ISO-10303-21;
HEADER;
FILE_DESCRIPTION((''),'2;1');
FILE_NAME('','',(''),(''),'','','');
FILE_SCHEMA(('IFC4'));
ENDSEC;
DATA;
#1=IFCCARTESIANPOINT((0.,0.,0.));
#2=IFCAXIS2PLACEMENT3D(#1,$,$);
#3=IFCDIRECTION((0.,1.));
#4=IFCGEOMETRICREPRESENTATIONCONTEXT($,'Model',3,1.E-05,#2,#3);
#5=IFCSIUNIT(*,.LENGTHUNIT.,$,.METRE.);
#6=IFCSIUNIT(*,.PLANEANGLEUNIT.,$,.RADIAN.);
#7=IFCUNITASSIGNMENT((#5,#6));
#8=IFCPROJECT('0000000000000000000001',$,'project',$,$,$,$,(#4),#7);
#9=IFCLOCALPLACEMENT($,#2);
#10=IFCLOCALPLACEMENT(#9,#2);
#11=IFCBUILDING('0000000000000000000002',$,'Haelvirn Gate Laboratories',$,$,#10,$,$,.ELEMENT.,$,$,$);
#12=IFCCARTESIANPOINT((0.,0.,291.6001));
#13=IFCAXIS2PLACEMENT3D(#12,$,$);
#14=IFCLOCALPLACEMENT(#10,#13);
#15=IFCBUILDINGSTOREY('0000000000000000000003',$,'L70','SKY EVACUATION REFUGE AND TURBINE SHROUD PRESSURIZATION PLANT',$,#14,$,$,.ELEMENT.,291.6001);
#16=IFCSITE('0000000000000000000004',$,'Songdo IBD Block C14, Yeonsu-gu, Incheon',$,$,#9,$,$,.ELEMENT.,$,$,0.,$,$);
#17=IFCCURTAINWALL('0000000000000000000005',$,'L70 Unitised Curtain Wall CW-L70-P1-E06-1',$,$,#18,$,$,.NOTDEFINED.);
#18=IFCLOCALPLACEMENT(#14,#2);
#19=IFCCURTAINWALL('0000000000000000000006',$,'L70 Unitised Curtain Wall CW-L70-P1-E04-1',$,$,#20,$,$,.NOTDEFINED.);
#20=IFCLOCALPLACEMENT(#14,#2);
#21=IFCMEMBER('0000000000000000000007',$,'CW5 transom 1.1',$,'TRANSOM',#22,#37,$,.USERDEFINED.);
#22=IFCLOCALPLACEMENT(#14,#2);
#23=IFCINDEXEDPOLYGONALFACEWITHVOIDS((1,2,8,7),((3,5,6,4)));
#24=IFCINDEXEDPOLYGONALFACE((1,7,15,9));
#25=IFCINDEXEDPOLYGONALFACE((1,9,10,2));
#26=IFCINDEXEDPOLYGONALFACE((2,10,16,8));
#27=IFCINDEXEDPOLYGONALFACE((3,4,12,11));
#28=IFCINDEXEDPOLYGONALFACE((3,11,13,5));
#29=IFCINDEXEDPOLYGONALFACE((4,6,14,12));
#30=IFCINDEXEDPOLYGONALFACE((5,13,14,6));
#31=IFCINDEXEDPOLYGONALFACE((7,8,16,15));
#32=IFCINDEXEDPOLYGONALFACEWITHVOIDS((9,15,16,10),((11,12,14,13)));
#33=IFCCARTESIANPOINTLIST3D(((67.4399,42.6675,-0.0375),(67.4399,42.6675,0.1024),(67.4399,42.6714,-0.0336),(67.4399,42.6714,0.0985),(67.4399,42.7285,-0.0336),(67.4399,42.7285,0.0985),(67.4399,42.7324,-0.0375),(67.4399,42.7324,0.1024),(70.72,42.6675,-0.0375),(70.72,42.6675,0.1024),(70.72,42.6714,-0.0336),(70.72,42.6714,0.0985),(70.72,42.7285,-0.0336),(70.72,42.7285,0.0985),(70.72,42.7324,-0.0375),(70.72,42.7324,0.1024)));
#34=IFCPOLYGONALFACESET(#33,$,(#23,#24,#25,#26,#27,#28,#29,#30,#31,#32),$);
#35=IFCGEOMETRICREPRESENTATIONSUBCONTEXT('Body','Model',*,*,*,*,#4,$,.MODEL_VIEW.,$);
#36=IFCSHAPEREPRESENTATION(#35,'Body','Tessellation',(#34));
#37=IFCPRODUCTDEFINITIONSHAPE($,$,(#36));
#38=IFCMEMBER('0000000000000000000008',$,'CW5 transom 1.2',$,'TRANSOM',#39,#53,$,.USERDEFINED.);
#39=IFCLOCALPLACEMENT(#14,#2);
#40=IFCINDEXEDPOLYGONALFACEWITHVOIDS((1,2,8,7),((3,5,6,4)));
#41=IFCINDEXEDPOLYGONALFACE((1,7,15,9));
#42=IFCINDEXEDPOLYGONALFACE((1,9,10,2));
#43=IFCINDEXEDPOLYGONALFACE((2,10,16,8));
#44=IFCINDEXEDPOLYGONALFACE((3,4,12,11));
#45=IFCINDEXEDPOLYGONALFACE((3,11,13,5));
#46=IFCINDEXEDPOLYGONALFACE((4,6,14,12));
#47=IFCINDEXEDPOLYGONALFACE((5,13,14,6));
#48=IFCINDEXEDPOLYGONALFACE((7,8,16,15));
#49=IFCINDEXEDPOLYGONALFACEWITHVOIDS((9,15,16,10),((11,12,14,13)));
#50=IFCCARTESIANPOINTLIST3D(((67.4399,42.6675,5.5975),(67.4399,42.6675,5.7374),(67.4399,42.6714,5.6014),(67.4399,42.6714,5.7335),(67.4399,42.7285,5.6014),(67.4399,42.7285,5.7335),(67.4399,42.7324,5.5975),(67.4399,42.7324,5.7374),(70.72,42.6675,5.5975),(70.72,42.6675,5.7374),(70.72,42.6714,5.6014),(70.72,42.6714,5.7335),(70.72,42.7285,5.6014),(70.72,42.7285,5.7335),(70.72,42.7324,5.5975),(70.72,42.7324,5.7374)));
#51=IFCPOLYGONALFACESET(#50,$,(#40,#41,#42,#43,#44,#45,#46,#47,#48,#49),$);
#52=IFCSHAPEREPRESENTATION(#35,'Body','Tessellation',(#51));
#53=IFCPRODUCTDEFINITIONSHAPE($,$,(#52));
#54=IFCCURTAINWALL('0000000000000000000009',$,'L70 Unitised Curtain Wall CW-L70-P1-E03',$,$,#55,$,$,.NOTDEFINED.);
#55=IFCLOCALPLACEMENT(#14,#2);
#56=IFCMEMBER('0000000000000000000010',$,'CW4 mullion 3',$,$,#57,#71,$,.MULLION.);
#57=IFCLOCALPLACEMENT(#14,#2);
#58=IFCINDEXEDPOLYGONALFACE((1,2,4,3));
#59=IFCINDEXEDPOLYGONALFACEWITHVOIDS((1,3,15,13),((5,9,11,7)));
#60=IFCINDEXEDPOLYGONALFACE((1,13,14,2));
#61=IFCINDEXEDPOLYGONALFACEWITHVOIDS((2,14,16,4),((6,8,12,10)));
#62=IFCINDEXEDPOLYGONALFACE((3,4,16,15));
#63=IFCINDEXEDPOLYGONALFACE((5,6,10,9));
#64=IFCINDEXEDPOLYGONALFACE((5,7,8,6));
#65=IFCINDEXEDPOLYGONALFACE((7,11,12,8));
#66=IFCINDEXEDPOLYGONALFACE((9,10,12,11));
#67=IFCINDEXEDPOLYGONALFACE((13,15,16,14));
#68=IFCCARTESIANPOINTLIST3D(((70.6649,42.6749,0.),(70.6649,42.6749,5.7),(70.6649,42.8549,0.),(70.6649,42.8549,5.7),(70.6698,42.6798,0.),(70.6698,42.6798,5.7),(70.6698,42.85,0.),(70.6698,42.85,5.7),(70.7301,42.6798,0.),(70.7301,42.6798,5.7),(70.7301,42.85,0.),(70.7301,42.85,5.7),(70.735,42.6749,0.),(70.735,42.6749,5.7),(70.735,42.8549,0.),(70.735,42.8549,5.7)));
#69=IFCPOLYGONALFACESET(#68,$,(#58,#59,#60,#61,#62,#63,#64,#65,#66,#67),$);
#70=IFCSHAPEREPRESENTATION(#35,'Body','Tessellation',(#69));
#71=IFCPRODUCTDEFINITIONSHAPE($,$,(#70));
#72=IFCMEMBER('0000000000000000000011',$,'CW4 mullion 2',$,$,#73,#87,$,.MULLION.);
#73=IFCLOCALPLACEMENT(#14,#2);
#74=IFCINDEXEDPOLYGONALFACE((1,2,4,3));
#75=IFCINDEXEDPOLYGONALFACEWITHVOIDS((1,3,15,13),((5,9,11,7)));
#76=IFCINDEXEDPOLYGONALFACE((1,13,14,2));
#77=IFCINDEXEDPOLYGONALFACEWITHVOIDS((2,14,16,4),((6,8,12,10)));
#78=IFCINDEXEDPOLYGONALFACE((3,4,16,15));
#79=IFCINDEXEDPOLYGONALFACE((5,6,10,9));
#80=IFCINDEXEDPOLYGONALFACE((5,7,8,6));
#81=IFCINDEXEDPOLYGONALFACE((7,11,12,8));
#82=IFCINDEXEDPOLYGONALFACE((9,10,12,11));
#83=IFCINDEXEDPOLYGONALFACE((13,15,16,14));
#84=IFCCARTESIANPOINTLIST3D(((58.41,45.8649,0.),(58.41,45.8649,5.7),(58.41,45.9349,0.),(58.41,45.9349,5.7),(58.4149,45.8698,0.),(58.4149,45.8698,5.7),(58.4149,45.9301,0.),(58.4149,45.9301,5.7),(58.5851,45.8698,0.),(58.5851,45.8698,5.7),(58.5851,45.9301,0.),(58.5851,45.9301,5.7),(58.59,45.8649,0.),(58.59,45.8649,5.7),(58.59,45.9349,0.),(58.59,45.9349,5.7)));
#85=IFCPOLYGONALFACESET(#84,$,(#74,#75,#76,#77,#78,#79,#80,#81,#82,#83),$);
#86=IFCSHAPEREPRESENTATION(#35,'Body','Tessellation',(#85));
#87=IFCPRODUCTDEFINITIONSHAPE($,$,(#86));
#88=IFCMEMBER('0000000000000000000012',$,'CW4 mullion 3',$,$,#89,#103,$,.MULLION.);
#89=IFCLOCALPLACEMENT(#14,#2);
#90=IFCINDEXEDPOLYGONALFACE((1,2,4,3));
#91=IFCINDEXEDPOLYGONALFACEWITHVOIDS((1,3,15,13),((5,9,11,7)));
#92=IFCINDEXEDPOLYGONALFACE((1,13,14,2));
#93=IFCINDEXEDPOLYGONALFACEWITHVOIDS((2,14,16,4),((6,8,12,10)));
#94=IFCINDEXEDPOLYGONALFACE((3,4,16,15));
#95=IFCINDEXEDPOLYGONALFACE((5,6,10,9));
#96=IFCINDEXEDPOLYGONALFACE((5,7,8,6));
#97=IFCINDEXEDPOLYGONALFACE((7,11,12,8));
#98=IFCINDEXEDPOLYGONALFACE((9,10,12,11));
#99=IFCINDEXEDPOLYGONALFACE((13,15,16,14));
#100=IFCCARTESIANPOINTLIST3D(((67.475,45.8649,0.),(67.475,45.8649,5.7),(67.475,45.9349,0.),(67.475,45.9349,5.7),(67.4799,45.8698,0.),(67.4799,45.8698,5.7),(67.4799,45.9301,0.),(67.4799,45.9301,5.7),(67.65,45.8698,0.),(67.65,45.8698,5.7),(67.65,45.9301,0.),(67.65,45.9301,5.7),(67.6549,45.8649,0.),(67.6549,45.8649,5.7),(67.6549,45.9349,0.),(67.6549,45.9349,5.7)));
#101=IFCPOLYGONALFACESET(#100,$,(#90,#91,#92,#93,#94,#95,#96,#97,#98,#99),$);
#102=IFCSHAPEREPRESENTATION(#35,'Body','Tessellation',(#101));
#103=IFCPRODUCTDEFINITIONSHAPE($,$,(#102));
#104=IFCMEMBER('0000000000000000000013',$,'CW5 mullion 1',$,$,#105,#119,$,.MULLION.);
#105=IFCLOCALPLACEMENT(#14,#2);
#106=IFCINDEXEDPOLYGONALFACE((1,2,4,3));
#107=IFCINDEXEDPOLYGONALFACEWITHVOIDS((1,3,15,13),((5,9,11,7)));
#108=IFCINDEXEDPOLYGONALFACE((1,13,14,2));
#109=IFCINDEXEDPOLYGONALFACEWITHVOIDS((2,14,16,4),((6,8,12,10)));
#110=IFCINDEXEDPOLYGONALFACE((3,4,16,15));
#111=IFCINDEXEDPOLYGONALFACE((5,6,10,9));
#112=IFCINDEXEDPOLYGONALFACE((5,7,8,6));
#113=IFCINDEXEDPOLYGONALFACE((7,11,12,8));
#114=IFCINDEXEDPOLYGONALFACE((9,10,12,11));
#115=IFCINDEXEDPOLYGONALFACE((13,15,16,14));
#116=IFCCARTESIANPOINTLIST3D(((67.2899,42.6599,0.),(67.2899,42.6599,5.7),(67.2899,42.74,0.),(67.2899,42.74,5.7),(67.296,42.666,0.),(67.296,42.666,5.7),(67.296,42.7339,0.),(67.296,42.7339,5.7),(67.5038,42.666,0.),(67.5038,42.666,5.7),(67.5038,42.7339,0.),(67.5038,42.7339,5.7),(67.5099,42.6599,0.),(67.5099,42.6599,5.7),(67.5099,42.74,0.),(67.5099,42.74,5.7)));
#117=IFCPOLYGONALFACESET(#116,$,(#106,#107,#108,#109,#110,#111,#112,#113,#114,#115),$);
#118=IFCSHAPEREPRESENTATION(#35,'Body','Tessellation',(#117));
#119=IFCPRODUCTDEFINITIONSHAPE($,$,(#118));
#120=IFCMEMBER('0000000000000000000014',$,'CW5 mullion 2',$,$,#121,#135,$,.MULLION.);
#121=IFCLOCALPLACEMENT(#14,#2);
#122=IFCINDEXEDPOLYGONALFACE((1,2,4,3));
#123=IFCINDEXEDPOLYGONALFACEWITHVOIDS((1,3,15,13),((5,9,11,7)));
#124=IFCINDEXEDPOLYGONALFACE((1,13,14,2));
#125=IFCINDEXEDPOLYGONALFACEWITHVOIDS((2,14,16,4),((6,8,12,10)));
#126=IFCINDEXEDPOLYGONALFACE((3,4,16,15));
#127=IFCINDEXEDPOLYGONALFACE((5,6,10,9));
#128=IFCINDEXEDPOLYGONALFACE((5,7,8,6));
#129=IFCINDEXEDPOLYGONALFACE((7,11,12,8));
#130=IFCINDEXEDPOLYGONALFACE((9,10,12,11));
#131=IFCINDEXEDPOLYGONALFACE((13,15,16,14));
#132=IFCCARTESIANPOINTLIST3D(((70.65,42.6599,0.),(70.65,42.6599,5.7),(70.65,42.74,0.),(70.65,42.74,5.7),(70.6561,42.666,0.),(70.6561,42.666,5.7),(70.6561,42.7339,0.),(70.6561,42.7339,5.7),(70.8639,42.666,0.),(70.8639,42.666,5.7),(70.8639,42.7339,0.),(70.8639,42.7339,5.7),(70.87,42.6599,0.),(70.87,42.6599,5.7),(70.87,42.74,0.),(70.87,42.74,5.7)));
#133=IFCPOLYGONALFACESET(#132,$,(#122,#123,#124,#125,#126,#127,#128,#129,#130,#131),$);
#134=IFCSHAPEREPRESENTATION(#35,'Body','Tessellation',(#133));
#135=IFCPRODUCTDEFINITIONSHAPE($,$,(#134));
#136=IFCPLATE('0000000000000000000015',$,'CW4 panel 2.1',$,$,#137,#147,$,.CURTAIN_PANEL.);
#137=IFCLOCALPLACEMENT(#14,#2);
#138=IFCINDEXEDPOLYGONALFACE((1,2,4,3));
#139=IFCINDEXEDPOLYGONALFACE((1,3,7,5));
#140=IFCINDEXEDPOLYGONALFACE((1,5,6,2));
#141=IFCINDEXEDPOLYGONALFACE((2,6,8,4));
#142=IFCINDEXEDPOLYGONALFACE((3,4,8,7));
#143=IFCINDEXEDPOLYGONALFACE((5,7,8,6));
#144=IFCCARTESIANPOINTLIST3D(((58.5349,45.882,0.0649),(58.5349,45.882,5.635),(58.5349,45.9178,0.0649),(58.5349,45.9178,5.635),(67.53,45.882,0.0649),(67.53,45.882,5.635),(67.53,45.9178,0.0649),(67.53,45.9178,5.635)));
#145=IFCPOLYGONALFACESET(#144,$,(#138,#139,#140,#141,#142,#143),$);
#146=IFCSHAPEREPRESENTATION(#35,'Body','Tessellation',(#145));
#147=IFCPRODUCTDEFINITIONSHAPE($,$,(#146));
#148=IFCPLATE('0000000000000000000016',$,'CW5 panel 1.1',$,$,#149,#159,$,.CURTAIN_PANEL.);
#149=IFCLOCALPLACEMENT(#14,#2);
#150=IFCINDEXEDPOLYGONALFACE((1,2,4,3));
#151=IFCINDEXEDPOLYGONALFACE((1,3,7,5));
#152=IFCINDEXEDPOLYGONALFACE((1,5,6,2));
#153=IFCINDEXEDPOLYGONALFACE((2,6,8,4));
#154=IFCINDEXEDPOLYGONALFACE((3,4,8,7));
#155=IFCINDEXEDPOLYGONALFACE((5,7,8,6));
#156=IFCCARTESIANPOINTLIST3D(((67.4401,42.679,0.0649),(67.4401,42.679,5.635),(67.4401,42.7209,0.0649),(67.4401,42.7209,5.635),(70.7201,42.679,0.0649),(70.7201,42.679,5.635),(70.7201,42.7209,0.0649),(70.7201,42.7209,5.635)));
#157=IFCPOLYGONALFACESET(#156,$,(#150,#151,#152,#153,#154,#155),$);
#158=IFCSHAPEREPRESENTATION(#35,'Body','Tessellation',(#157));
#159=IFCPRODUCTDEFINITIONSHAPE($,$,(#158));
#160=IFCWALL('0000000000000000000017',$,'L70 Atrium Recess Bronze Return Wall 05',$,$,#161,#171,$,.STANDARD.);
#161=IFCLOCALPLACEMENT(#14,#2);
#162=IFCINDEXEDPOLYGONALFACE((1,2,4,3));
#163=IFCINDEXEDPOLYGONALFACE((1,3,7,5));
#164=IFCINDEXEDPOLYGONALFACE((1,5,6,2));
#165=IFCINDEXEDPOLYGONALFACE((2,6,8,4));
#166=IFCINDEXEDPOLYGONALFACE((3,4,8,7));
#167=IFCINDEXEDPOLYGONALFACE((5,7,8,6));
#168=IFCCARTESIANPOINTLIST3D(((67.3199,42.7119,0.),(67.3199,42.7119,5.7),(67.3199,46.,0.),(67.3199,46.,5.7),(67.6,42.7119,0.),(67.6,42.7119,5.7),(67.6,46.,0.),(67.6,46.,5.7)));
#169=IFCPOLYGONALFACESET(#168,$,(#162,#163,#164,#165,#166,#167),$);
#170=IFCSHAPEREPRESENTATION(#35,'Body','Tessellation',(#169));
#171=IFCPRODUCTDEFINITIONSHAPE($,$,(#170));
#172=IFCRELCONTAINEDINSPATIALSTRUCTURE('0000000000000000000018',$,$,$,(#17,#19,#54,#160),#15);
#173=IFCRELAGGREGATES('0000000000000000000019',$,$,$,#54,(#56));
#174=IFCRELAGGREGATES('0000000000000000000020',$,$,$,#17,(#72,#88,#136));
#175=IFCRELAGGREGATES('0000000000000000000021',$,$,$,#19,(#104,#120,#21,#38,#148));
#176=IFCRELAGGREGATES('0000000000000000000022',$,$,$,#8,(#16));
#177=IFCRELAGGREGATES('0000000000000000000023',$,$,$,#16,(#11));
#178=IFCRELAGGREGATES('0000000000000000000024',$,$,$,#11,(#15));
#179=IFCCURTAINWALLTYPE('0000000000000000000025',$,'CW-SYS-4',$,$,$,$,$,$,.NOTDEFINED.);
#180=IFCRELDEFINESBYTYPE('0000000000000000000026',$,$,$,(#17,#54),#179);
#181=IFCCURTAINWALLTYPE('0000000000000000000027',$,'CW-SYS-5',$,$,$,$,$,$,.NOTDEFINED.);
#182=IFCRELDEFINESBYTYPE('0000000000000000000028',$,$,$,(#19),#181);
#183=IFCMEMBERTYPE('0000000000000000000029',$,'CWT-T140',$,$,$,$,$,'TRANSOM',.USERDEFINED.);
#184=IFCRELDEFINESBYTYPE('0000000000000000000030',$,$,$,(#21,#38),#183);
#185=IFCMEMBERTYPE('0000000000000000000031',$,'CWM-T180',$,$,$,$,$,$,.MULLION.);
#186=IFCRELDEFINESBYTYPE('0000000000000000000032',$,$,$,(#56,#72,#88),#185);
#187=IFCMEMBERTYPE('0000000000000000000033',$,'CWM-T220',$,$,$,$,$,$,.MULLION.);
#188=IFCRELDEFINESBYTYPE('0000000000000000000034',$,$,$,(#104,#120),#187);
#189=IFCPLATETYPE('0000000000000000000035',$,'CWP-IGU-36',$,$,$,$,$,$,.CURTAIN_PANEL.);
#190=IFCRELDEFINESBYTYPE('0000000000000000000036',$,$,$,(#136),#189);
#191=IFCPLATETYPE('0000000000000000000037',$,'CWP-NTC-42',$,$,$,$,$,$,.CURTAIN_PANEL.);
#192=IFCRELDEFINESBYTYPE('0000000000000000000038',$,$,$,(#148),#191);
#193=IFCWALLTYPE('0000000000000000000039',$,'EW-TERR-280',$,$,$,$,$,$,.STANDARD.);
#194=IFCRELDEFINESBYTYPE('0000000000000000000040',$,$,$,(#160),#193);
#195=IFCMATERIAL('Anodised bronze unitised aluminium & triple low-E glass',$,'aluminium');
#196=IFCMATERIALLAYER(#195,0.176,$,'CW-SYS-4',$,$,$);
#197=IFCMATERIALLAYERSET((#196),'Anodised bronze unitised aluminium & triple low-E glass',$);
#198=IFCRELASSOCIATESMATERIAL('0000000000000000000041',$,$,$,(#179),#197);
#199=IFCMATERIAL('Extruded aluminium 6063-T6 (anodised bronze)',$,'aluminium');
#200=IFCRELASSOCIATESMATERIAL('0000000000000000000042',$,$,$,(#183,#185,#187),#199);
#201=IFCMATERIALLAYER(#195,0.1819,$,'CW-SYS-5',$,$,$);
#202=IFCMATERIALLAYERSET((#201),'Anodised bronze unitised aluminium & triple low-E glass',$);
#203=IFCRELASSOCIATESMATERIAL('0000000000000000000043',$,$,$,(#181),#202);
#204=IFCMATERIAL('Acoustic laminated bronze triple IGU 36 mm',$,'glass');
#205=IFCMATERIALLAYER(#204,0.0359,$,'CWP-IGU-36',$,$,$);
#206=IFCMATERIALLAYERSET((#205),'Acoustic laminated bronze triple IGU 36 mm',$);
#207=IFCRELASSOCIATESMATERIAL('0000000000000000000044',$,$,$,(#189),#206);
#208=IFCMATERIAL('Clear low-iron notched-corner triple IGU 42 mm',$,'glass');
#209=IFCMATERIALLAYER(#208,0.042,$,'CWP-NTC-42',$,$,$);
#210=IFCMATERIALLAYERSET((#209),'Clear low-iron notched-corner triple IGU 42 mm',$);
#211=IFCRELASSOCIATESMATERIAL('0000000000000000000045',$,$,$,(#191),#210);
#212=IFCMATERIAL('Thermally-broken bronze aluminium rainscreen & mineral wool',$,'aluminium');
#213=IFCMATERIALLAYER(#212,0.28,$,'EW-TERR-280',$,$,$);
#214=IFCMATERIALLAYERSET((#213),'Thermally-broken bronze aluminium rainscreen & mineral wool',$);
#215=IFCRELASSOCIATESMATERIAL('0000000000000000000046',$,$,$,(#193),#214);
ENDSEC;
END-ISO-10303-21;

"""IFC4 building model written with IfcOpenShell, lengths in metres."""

from ifc_helpers import new_model, si_unit, direction, frame, frame_2d, origin, origin_2d, place, context, subcontext, project, spatial, rectangle, hollow_rectangle, extrude, source, transform, mapped, material, layer, layer_set, material_profile, profile_set, type_object, type_shapes, element, aggregate, save


model = new_model("IFC4")

# Units and contexts
model_context = context("Model", 3, precision=1e-05, world=origin(), true_north=direction((0.0, 1.0)))
body_context = subcontext(model_context, "Body", "Model", "MODEL_VIEW")
ifc_project = project(units=[si_unit("LENGTHUNIT", "METRE"), si_unit("PLANEANGLEUNIT", "RADIAN")], contexts=[model_context])

# Site, building, storey
site_placement = place(None, origin())
site = spatial("IfcSite", under=ifc_project, at=site_placement, Name="Songdo IBD Block C14, Yeonsu-gu, Incheon", CompositionType="ELEMENT", RefElevation=0.0)
building_placement = place(site_placement, origin())
building = spatial("IfcBuilding", under=site, at=building_placement, Name="Haelvirn Gate Laboratories", CompositionType="ELEMENT")
storey_placement = place(building_placement, frame((0.0, 0.0, 291.6001)))
storey = spatial("IfcBuildingStorey", under=building, at=storey_placement, Name="L70", Description="SKY EVACUATION REFUGE AND TURBINE SHROUD PRESSURIZATION PLANT", CompositionType="ELEMENT", Elevation=291.6001)

# Curtain walls, members
ifc_material_1 = material(Name="Anodised bronze unitised aluminium & triple low-E glass", Category="aluminium")
ifc_layer_1 = layer(ifc_material_1, 0.176, Name="CW-SYS-4")
ifc_layer_set_1 = layer_set([ifc_layer_1], Name="Anodised bronze unitised aluminium & triple low-E glass")
curtain_wall_type_1 = type_object("IfcCurtainWallType", Name="CW-SYS-4", PredefinedType="NOTDEFINED", material=ifc_layer_set_1)
curtain_wall_1_placement = place(storey_placement, origin())
curtain_wall_1 = element("IfcCurtainWall", 1, at=curtain_wall_1_placement, inside=storey, type_object=curtain_wall_type_1, Name="L70 Unitised Curtain Wall CW-L70-P1-E06-1", PredefinedType="NOTDEFINED")
ifc_material_2 = material(Name="Extruded aluminium 6063-T6 (anodised bronze)", Category="aluminium")
ifc_material_profile_1 = material_profile(ifc_material_2, hollow_rectangle(XDim=0.0649, YDim=0.1399, WallThickness=0.0039, at=origin_2d()), Name="CWT-140x65x4")
ifc_profile_set_1 = profile_set([ifc_material_profile_1], Name="Extruded aluminium 6063-T6 (anodised bronze)")
member_type_1 = type_object("IfcMemberType", Name="CWT-T140", ElementType="TRANSOM", PredefinedType="USERDEFINED", material=ifc_profile_set_1)
ifc_layer_2 = layer(ifc_material_1, 0.1819, Name="CW-SYS-5")
ifc_layer_set_2 = layer_set([ifc_layer_2], Name="Anodised bronze unitised aluminium & triple low-E glass")
curtain_wall_type_2 = type_object("IfcCurtainWallType", Name="CW-SYS-5", PredefinedType="NOTDEFINED", material=ifc_layer_set_2)
curtain_wall_2_placement = place(storey_placement, origin())
curtain_wall_2 = element("IfcCurtainWall", 2, at=curtain_wall_2_placement, inside=storey, type_object=curtain_wall_type_2, Name="L70 Unitised Curtain Wall CW-L70-P1-E04-1", PredefinedType="NOTDEFINED")
shared_shape_1 = source(origin(), body_context, "Body", "SweptSolid", [
    extrude(hollow_rectangle(XDim=0.0649, YDim=0.1399, WallThickness=0.0039, at=origin_2d()), origin(), (0.0, 0.0, 1.0), 3.28),
])
member_1_placement = place(storey_placement, frame((67.4399, 42.7, 0.0325), z_axis=(1.0, 0.0, 0.0), x_axis=(0.0, 1.0, 0.0)))
member_1 = element("IfcMember", 3, at=member_1_placement, type_object=member_type_1, Name="CW5 transom 1.1", ObjectType="TRANSOM", PredefinedType="USERDEFINED", context=body_context, shape_type="MappedRepresentation", body=[
    mapped(shared_shape_1, transform((0.0, 0.0, 0.0), scale=1.0)),
])
member_2_placement = place(storey_placement, frame((67.4399, 42.7, 5.6675), z_axis=(1.0, 0.0, 0.0), x_axis=(0.0, 1.0, 0.0)))
member_2 = element("IfcMember", 4, at=member_2_placement, type_object=member_type_1, Name="CW5 transom 1.2", ObjectType="TRANSOM", PredefinedType="USERDEFINED", context=body_context, shape_type="MappedRepresentation", body=[
    mapped(shared_shape_1, transform((0.0, 0.0, 0.0), scale=1.0)),
])

# Curtain wall, member
curtain_wall_3_placement = place(storey_placement, origin())
curtain_wall_3 = element("IfcCurtainWall", 5, at=curtain_wall_3_placement, inside=storey, type_object=curtain_wall_type_1, Name="L70 Unitised Curtain Wall CW-L70-P1-E03", PredefinedType="NOTDEFINED")
ifc_material_profile_2 = material_profile(ifc_material_2, hollow_rectangle(XDim=0.0701, YDim=0.1799, WallThickness=0.0049, at=origin_2d()), Name="CWM-180x70x5")
ifc_profile_set_2 = profile_set([ifc_material_profile_2], Name="Extruded aluminium 6063-T6 (anodised bronze)")
member_type_2 = type_object("IfcMemberType", Name="CWM-T180", PredefinedType="MULLION", material=ifc_profile_set_2)
shared_shape_2 = source(origin(), body_context, "Body", "SweptSolid", [
    extrude(hollow_rectangle(XDim=0.0701, YDim=0.1799, WallThickness=0.0049, at=origin_2d()), origin(), (0.0, 0.0, 1.0), 5.7),
])
type_shapes(member_type_2, [shared_shape_2])
member_3_placement = place(storey_placement, frame((70.7, 42.7649, 0.0), z_axis=(0.0, 0.0, 1.0), x_axis=(-1.0, 0.0, 0.0)))
member_3 = element("IfcMember", 6, at=member_3_placement, type_object=member_type_2, Name="CW4 mullion 3", PredefinedType="MULLION", context=body_context, shape_type="MappedRepresentation", body=[
    mapped(shared_shape_2, transform((0.0, 0.0, 0.0), scale=1.0)),
])
aggregate(curtain_wall_3, [member_3])

# Members
member_4_placement = place(storey_placement, frame((58.5, 45.8999, 0.0), z_axis=(0.0, 0.0, 1.0), x_axis=(0.0, 1.0, 0.0)))
member_4 = element("IfcMember", 7, at=member_4_placement, type_object=member_type_2, Name="CW4 mullion 2", PredefinedType="MULLION", context=body_context, shape_type="MappedRepresentation", body=[
    mapped(shared_shape_2, transform((0.0, 0.0, 0.0), scale=1.0)),
])
member_5_placement = place(storey_placement, frame((67.5649, 45.8999, 0.0), z_axis=(0.0, 0.0, 1.0), x_axis=(0.0, 1.0, 0.0)))
member_5 = element("IfcMember", 8, at=member_5_placement, type_object=member_type_2, Name="CW4 mullion 3", PredefinedType="MULLION", context=body_context, shape_type="MappedRepresentation", body=[
    mapped(shared_shape_2, transform((0.0, 0.0, 0.0), scale=1.0)),
])
ifc_material_profile_3 = material_profile(ifc_material_2, hollow_rectangle(XDim=0.0801, YDim=0.22, WallThickness=0.0061, at=origin_2d()), Name="CWM-220x80x6")
ifc_profile_set_3 = profile_set([ifc_material_profile_3], Name="Extruded aluminium 6063-T6 (anodised bronze)")
member_type_3 = type_object("IfcMemberType", Name="CWM-T220", PredefinedType="MULLION", material=ifc_profile_set_3)
shared_shape_3 = source(origin(), body_context, "Body", "SweptSolid", [
    extrude(hollow_rectangle(XDim=0.0801, YDim=0.22, WallThickness=0.0061, at=origin_2d()), origin(), (0.0, 0.0, 1.0), 5.7),
])
type_shapes(member_type_3, [shared_shape_3])
member_6_placement = place(storey_placement, frame((67.3999, 42.7, 0.0), z_axis=(0.0, 0.0, 1.0), x_axis=(0.0, 1.0, 0.0)))
member_6 = element("IfcMember", 9, at=member_6_placement, type_object=member_type_3, Name="CW5 mullion 1", PredefinedType="MULLION", context=body_context, shape_type="MappedRepresentation", body=[
    mapped(shared_shape_3, transform((0.0, 0.0, 0.0), scale=1.0)),
])
member_7_placement = place(storey_placement, frame((70.76, 42.7, 0.0), z_axis=(0.0, 0.0, 1.0), x_axis=(0.0, 1.0, 0.0)))
member_7 = element("IfcMember", 10, at=member_7_placement, type_object=member_type_3, Name="CW5 mullion 2", PredefinedType="MULLION", context=body_context, shape_type="MappedRepresentation", body=[
    mapped(shared_shape_3, transform((0.0, 0.0, 0.0), scale=1.0)),
])

# Plates
ifc_material_3 = material(Name="Acoustic laminated bronze triple IGU 36 mm", Category="glass")
ifc_layer_3 = layer(ifc_material_3, 0.0359, Name="CWP-IGU-36")
ifc_layer_set_3 = layer_set([ifc_layer_3], Name="Acoustic laminated bronze triple IGU 36 mm")
plate_type_1 = type_object("IfcPlateType", Name="CWP-IGU-36", PredefinedType="CURTAIN_PANEL", material=ifc_layer_set_3)
shared_shape_4 = source(origin(), body_context, "Body", "SweptSolid", [
    extrude(rectangle(XDim=8.9951, YDim=0.0359, at=origin_2d()), origin(), (0.0, 0.0, 1.0), 5.5701),
])
type_shapes(plate_type_1, [shared_shape_4])
plate_1_placement = place(storey_placement, frame((63.0325, 45.8999, 0.0649), z_axis=(0.0, 0.0, 1.0), x_axis=(1.0, 0.0, 0.0)))
plate_1 = element("IfcPlate", 11, at=plate_1_placement, type_object=plate_type_1, Name="CW4 panel 2.1", PredefinedType="CURTAIN_PANEL", context=body_context, shape_type="MappedRepresentation", body=[
    mapped(shared_shape_4, transform((0.0, 0.0, 0.0), scale=1.0)),
])
aggregate(curtain_wall_1, [member_4, member_5, plate_1])
ifc_material_4 = material(Name="Clear low-iron notched-corner triple IGU 42 mm", Category="glass")
ifc_layer_4 = layer(ifc_material_4, 0.042, Name="CWP-NTC-42")
ifc_layer_set_4 = layer_set([ifc_layer_4], Name="Clear low-iron notched-corner triple IGU 42 mm")
plate_type_2 = type_object("IfcPlateType", Name="CWP-NTC-42", PredefinedType="CURTAIN_PANEL", material=ifc_layer_set_4)
shared_shape_5 = source(origin(), body_context, "Body", "SweptSolid", [
    extrude(rectangle(XDim=3.28, YDim=0.042, at=origin_2d()), origin(), (0.0, 0.0, 1.0), 5.5701),
])
type_shapes(plate_type_2, [shared_shape_5])
plate_2_placement = place(storey_placement, frame((69.0801, 42.7, 0.0649), z_axis=(0.0, 0.0, 1.0), x_axis=(1.0, 0.0, 0.0)))
plate_2 = element("IfcPlate", 12, at=plate_2_placement, type_object=plate_type_2, Name="CW5 panel 1.1", PredefinedType="CURTAIN_PANEL", context=body_context, shape_type="MappedRepresentation", body=[
    mapped(shared_shape_5, transform((0.0, 0.0, 0.0), scale=1.0)),
])
aggregate(curtain_wall_2, [member_6, member_7, member_1, member_2, plate_2])

# Wall
ifc_material_5 = material(Name="Thermally-broken bronze aluminium rainscreen & mineral wool", Category="aluminium")
ifc_layer_5 = layer(ifc_material_5, 0.28, Name="EW-TERR-280")
ifc_layer_set_5 = layer_set([ifc_layer_5], Name="Thermally-broken bronze aluminium rainscreen & mineral wool")
wall_type = type_object("IfcWallType", Name="EW-TERR-280", PredefinedType="STANDARD", material=ifc_layer_set_5)
wall_placement = place(storey_placement, frame((67.46, 42.7119, 0.0), z_axis=(0.0, 0.0, 1.0), x_axis=(0.0, 1.0, 0.0)))
element("IfcWall", 13, at=wall_placement, inside=storey, type_object=wall_type, Name="L70 Atrium Recess Bronze Return Wall 05", PredefinedType="STANDARD", context=body_context, shape_type="SweptSolid", body=[
    extrude(rectangle(XDim=3.2881, YDim=0.28, at=frame_2d((1.644, 0.0))), origin(), (0.0, 0.0, 1.0), 5.7),
])

save(model, "model.ifc")
